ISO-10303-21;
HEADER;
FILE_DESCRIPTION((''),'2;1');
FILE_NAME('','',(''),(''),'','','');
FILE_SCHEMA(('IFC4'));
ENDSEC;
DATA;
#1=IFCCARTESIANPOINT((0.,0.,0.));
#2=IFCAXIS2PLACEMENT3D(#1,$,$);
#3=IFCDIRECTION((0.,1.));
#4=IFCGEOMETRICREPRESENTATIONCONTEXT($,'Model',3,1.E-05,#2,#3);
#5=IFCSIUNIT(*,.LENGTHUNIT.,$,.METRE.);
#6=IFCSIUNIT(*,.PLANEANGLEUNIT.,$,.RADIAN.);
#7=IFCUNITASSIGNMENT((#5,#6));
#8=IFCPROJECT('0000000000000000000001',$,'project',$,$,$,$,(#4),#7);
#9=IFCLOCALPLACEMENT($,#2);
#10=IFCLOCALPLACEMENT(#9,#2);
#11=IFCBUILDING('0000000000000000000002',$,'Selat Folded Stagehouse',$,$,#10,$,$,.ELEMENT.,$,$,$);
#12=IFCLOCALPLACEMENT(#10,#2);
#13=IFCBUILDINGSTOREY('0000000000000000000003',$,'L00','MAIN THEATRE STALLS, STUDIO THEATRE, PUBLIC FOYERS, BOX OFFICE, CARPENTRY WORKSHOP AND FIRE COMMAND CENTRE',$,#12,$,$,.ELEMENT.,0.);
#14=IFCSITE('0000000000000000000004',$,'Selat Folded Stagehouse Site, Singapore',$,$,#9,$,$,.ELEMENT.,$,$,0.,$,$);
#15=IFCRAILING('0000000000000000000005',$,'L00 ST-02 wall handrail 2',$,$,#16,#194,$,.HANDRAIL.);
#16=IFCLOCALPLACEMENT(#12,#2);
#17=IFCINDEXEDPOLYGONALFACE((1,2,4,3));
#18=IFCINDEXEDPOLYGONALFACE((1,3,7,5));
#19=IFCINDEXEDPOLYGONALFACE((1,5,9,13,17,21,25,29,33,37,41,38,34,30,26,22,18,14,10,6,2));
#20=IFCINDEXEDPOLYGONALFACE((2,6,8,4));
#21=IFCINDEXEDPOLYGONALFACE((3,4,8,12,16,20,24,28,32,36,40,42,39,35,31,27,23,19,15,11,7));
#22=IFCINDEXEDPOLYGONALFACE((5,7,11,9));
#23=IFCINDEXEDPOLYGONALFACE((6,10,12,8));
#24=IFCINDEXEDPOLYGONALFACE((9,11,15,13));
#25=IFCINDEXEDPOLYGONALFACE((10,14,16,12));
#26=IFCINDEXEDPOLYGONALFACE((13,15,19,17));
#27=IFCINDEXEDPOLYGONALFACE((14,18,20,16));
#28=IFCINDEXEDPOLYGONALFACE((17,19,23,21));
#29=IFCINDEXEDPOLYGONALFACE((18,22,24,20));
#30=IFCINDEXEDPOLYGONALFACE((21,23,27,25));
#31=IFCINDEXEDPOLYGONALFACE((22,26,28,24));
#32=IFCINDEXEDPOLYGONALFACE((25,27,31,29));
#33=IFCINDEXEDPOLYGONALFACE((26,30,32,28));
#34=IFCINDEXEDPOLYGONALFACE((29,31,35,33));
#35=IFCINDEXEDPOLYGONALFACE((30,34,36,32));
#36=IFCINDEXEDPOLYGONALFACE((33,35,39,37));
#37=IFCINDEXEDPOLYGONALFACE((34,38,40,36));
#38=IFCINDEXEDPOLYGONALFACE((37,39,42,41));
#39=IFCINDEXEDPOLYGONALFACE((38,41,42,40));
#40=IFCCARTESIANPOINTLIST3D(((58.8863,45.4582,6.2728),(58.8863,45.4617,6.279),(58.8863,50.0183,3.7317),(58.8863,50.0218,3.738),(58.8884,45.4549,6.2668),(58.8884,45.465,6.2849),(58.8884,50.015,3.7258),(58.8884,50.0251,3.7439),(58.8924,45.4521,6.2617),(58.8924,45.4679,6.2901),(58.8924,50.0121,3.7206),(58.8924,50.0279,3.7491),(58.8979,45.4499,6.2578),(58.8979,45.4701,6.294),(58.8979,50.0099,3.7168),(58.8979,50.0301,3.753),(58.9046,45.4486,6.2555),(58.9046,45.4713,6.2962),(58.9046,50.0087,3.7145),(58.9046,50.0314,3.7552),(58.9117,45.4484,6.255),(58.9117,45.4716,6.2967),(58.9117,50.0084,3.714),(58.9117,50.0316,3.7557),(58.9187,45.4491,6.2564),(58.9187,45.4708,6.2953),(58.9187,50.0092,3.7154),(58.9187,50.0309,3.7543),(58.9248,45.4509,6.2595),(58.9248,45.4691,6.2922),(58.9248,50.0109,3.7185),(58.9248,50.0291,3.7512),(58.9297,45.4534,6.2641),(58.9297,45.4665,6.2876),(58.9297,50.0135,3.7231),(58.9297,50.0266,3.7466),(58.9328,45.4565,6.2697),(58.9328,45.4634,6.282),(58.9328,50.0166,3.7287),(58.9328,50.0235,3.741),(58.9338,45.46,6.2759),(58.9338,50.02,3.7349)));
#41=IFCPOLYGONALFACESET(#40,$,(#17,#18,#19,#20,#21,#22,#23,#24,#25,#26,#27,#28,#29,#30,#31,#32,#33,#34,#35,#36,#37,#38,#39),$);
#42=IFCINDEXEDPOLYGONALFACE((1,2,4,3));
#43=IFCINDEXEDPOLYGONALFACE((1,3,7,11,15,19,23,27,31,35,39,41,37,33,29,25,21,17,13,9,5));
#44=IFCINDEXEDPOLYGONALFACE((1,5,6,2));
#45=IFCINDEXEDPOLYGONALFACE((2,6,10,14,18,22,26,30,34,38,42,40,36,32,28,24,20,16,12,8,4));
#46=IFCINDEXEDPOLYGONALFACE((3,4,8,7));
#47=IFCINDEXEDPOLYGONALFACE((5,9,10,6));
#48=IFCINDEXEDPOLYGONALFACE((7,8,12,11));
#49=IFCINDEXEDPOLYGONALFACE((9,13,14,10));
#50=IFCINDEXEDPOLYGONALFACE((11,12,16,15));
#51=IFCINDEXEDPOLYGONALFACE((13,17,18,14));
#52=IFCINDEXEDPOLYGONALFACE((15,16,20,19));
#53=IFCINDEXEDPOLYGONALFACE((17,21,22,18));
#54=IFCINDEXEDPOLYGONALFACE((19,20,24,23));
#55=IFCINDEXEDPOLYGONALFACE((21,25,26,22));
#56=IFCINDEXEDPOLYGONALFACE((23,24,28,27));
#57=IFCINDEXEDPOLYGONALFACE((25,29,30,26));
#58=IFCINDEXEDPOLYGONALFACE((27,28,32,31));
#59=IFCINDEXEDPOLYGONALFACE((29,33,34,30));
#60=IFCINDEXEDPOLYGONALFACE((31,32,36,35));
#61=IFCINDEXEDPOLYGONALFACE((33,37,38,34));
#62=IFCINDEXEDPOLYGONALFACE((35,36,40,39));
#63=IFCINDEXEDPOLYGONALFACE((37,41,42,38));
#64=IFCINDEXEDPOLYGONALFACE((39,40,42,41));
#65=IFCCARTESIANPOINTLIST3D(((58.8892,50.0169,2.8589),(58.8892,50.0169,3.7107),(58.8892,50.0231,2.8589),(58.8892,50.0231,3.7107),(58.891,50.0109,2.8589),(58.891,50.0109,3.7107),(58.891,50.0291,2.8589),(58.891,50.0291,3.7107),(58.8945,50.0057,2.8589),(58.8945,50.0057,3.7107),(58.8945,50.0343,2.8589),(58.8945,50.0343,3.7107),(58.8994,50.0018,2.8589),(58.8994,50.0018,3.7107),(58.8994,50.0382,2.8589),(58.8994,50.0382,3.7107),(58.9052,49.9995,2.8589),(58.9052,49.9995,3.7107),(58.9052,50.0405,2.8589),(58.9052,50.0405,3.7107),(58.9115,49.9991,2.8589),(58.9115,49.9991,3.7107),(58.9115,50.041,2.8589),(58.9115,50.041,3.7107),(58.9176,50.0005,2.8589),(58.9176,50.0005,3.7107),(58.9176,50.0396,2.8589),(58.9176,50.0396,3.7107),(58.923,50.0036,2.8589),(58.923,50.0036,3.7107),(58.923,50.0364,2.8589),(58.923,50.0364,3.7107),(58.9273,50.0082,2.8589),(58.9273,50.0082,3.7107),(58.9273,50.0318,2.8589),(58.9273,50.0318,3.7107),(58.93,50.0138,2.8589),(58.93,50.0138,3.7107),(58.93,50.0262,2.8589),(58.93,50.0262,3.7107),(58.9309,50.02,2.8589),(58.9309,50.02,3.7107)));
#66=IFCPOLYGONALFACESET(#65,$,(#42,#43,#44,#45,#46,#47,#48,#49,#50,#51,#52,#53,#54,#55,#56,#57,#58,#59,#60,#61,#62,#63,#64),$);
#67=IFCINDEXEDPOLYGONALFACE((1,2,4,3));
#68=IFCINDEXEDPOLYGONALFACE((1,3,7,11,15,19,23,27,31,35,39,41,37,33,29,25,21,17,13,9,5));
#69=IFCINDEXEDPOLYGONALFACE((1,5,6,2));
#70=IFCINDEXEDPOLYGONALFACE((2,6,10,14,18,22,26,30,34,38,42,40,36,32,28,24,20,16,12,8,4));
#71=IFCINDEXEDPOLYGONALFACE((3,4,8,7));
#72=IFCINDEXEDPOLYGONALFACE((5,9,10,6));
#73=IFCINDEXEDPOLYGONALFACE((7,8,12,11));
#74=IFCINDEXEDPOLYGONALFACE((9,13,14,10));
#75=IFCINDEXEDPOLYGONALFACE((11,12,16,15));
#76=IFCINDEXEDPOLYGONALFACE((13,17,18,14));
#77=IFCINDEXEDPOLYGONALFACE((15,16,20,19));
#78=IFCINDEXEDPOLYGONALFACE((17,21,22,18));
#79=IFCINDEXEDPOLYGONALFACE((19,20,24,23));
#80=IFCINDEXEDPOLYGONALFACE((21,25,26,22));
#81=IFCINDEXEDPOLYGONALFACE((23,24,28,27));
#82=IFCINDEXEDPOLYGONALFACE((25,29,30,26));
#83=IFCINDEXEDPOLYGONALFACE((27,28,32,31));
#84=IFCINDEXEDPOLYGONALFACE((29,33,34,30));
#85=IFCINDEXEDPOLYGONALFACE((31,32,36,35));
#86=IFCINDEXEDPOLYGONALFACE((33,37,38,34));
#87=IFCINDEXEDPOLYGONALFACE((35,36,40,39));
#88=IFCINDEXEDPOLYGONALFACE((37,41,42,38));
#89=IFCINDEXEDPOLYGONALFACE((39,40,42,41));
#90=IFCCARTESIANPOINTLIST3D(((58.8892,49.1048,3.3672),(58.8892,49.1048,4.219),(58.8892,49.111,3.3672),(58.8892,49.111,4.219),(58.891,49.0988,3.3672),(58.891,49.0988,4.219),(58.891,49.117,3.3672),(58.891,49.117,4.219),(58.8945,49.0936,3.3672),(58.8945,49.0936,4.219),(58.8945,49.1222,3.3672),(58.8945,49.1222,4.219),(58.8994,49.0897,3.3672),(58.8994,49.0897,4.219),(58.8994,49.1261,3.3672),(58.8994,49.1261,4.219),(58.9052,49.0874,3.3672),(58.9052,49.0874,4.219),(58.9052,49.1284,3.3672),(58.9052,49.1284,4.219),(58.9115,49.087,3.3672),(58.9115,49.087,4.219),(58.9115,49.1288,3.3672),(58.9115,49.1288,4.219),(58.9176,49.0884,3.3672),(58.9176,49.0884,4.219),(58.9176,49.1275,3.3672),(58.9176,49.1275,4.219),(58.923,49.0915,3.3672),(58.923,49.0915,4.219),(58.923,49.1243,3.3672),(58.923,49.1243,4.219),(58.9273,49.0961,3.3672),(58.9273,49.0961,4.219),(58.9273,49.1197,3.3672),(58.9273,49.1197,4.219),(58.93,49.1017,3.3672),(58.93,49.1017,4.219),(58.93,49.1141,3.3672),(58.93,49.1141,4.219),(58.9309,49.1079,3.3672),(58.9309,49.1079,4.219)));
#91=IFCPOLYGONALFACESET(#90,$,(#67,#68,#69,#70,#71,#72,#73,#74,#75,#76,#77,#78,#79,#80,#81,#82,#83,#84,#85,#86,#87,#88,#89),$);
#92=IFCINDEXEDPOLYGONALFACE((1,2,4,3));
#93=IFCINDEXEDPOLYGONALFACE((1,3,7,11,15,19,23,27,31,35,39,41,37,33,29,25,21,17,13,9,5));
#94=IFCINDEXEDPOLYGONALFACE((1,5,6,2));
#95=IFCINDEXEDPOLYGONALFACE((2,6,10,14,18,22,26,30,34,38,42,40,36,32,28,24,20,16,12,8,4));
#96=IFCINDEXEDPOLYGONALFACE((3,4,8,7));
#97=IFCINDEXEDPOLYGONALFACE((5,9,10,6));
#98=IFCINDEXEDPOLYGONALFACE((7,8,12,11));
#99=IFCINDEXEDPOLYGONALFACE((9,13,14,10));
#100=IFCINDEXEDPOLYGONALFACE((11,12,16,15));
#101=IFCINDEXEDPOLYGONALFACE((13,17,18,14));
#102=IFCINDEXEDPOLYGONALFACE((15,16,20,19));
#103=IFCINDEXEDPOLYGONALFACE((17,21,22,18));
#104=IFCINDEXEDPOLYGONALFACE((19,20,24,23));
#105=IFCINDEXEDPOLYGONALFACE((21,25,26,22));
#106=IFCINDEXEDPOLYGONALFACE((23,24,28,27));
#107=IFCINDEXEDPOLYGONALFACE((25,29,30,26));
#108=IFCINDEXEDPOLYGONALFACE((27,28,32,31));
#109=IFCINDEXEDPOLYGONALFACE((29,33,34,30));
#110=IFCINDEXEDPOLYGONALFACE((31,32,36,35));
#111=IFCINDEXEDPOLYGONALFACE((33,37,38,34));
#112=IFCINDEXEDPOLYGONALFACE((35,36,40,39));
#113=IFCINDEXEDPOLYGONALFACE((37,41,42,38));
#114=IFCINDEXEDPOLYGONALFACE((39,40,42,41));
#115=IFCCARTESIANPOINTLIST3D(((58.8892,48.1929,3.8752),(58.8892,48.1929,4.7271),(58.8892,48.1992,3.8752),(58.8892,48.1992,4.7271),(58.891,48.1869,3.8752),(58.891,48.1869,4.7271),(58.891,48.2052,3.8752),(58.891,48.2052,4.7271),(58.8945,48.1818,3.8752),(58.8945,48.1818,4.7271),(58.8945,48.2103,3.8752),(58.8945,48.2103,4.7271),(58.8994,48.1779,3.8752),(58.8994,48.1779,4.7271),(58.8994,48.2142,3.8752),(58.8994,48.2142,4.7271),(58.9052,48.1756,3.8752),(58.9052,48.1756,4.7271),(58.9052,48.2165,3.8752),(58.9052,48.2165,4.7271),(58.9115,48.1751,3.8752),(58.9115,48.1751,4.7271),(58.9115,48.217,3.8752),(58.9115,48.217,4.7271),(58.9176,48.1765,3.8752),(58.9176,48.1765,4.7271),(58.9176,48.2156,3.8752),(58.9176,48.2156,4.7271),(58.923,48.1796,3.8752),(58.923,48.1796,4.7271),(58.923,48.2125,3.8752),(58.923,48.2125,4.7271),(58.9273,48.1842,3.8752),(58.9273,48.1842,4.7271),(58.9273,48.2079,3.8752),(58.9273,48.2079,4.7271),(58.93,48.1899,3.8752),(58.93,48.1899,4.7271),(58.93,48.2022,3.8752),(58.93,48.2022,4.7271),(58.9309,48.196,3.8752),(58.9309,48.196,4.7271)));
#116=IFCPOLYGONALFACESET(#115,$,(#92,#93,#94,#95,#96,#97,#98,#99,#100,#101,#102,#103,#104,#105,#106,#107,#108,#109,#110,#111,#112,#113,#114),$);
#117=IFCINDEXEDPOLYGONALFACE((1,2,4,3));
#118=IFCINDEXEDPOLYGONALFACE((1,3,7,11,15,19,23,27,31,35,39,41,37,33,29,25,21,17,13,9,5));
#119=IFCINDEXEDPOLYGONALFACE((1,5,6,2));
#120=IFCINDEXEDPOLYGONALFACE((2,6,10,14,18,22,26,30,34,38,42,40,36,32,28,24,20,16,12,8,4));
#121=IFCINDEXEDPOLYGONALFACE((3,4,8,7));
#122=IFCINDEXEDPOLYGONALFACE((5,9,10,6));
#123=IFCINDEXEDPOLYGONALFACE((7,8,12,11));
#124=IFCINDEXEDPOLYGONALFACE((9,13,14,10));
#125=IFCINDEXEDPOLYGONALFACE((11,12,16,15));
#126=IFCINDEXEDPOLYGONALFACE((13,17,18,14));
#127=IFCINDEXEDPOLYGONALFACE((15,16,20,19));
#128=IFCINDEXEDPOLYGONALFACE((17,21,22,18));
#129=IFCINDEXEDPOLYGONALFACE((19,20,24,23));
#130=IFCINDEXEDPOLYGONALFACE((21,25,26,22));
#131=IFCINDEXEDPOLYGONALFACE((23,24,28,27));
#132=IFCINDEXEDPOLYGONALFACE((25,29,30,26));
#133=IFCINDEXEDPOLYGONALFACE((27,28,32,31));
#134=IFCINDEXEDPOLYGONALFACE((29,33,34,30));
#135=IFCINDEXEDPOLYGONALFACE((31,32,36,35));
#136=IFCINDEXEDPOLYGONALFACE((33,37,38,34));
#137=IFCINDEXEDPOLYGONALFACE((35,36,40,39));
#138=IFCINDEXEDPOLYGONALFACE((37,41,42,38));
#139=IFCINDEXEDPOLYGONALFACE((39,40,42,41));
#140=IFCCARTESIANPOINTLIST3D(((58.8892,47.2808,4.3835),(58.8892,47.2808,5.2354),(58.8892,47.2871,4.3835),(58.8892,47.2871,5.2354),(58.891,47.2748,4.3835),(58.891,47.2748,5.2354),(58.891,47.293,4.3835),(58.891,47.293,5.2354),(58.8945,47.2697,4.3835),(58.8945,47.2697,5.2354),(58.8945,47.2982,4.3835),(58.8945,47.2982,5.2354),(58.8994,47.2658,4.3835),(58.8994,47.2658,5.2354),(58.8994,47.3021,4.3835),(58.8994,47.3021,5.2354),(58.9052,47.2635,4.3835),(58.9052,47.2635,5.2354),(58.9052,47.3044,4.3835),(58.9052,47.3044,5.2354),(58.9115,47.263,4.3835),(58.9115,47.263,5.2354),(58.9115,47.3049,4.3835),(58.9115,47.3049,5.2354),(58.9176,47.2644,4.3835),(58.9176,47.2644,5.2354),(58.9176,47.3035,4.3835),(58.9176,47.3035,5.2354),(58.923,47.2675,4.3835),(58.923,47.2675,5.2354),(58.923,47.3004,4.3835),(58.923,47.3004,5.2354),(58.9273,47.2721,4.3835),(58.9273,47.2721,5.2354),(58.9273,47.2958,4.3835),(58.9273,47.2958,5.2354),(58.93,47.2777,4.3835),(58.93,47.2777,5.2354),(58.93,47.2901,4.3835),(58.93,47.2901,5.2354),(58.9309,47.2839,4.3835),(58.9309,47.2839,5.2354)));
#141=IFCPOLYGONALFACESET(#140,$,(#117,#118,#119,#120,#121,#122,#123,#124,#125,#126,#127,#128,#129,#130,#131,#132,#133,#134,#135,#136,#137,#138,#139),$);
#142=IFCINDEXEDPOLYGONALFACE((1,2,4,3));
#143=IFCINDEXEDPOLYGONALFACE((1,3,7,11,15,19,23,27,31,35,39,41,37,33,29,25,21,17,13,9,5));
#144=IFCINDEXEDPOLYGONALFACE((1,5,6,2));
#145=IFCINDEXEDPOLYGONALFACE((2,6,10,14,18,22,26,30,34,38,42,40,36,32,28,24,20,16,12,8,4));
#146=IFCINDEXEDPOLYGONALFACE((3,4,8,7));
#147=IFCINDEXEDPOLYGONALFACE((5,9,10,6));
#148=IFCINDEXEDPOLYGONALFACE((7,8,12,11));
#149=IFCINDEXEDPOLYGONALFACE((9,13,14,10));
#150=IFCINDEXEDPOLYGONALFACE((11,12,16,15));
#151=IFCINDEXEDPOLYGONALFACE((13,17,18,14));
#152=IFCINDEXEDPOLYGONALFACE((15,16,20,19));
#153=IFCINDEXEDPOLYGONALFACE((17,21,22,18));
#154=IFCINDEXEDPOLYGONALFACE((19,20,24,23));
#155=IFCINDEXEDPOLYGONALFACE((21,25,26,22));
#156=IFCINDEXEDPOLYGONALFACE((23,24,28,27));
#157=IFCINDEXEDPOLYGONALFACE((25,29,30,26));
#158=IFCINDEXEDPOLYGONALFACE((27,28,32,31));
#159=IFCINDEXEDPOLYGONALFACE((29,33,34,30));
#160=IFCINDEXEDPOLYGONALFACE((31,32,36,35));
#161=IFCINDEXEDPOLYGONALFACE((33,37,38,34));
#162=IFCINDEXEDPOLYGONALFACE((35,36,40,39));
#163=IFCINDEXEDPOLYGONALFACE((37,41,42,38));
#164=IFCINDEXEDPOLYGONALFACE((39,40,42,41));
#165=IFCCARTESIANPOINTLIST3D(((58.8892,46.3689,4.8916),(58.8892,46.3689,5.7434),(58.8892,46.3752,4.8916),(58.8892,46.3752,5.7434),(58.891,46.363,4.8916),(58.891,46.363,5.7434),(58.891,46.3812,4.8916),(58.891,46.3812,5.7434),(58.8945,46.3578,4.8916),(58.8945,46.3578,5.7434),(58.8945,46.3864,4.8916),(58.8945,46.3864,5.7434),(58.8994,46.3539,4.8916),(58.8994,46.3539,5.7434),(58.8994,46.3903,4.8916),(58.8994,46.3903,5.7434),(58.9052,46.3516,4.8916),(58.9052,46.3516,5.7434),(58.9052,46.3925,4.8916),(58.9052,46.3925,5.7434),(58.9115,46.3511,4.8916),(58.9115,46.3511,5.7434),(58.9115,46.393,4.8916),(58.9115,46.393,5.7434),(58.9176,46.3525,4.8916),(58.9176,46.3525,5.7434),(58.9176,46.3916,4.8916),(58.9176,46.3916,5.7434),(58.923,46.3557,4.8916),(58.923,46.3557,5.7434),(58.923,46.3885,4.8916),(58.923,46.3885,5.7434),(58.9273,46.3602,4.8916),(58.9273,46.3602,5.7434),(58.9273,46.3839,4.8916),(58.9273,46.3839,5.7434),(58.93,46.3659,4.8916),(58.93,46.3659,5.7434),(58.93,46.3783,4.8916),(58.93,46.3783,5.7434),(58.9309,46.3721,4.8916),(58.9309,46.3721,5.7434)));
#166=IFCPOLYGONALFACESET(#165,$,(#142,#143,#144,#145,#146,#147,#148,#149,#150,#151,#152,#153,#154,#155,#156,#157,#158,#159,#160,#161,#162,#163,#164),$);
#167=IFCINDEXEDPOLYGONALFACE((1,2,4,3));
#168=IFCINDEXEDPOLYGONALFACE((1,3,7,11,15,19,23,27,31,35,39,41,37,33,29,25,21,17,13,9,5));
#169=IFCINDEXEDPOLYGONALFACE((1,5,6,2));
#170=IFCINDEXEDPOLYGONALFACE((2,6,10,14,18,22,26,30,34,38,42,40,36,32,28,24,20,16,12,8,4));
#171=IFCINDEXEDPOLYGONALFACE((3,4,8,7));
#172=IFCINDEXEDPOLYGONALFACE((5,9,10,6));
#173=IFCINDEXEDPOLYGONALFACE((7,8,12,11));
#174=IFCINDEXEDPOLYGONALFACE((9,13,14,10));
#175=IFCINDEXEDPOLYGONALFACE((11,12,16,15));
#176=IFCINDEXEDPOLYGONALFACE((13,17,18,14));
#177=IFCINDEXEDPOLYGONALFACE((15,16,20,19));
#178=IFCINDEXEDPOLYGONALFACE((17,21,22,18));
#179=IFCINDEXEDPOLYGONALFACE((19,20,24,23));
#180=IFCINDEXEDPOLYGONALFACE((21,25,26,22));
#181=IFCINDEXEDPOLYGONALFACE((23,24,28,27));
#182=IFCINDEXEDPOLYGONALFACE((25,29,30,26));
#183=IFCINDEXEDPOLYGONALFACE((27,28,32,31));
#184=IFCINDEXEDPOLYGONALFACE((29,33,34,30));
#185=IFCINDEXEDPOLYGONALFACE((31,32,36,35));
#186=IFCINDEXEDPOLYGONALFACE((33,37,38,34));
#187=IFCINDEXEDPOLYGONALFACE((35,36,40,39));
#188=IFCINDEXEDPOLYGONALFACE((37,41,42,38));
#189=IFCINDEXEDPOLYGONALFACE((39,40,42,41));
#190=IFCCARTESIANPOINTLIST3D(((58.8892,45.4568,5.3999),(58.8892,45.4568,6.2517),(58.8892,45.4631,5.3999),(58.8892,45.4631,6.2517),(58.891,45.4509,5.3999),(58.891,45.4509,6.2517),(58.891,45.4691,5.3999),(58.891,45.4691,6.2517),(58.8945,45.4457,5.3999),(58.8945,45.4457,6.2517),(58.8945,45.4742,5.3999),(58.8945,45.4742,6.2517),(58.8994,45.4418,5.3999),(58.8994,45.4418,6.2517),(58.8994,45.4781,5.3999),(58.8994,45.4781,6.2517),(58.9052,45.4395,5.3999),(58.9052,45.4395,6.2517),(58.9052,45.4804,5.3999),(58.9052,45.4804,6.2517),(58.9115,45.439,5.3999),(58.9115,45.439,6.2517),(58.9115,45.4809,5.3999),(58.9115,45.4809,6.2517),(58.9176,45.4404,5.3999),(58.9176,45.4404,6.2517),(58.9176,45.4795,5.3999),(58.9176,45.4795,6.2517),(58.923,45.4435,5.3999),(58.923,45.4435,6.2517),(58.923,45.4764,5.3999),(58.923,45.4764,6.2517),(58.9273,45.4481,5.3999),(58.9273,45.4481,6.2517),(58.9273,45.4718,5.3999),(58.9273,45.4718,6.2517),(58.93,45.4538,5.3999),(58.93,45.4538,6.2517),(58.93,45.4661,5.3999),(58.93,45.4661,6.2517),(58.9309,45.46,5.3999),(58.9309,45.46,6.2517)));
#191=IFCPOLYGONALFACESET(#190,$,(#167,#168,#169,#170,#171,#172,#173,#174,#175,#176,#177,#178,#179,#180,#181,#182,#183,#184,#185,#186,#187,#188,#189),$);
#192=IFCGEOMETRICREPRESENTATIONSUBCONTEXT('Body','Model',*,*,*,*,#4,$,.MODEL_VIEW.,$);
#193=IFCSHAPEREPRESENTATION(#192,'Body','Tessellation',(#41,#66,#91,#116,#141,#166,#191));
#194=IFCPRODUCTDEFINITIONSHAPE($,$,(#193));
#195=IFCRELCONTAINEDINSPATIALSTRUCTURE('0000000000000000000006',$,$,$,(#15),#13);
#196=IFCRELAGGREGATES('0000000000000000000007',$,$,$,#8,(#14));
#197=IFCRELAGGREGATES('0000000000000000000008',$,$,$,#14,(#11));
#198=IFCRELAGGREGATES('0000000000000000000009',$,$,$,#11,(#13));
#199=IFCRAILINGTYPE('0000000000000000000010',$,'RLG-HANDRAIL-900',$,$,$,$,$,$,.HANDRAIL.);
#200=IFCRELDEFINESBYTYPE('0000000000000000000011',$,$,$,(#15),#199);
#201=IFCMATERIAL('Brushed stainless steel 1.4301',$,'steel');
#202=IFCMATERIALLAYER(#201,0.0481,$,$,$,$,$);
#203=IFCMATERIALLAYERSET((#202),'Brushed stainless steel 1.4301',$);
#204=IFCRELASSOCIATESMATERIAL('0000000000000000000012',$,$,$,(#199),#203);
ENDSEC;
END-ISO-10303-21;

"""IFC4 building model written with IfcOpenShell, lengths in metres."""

from ifc_helpers import new_model, si_unit, direction, frame, origin, origin_2d, place, context, subcontext, project, spatial, circle, extrude, material, layer, layer_set, type_object, element, save


model = new_model("IFC4")

# Units and contexts
model_context = context("Model", 3, precision=1e-05, world=origin(), true_north=direction((0.0, 1.0)))
body_context = subcontext(model_context, "Body", "Model", "MODEL_VIEW")
ifc_project = project(units=[si_unit("LENGTHUNIT", "METRE"), si_unit("PLANEANGLEUNIT", "RADIAN")], contexts=[model_context])

# Site, building, storey
site_placement = place(None, origin())
site = spatial("IfcSite", under=ifc_project, at=site_placement, Name="Selat Folded Stagehouse Site, Singapore", CompositionType="ELEMENT", RefElevation=0.0)
building_placement = place(site_placement, origin())
building = spatial("IfcBuilding", under=site, at=building_placement, Name="Selat Folded Stagehouse", CompositionType="ELEMENT")
storey_placement = place(building_placement, origin())
storey = spatial("IfcBuildingStorey", under=building, at=storey_placement, Name="L00", Description="MAIN THEATRE STALLS, STUDIO THEATRE, PUBLIC FOYERS, BOX OFFICE, CARPENTRY WORKSHOP AND FIRE COMMAND CENTRE", CompositionType="ELEMENT", Elevation=0.0)

# Railing
ifc_material_1 = material(Name="Brushed stainless steel 1.4301", Category="steel")
ifc_layer_1 = layer(ifc_material_1, 0.0481)
ifc_layer_set_1 = layer_set([ifc_layer_1], Name="Brushed stainless steel 1.4301")
railing_type_1 = type_object("IfcRailingType", Name="RLG-HANDRAIL-900", PredefinedType="HANDRAIL", material=ifc_layer_set_1)
railing_1_placement = place(storey_placement, frame((58.9099, 50.02, 2.8589)))
element("IfcRailing", 1, at=railing_1_placement, inside=storey, type_object=railing_type_1, Name="L00 ST-02 wall handrail 2", PredefinedType="HANDRAIL", context=body_context, shape_type="SweptSolid", body=[
    extrude(circle(Radius=0.0239, at=origin_2d()), frame((0.0, 0.0, 0.876), z_axis=(0.0, -0.873534, 0.486762), x_axis=(1.0, 0.0, 0.0)), (0.0, 0.0, 1.0), 5.2202),
    extrude(circle(Radius=0.021, at=origin_2d()), origin(), (0.0, 0.0, 1.0), 0.8518),
    extrude(circle(Radius=0.021, at=origin_2d()), frame((0.0, -0.9121, 0.5083)), (0.0, 0.0, 1.0), 0.8518),
    extrude(circle(Radius=0.021, at=origin_2d()), frame((0.0, -1.824, 1.0164)), (0.0, 0.0, 1.0), 0.8518),
    extrude(circle(Radius=0.021, at=origin_2d()), frame((0.0, -2.7361, 1.5247)), (0.0, 0.0, 1.0), 0.8518),
    extrude(circle(Radius=0.021, at=origin_2d()), frame((0.0, -3.6479, 2.0327)), (0.0, 0.0, 1.0), 0.8518),
    extrude(circle(Radius=0.021, at=origin_2d()), frame((0.0, -4.5601, 2.541)), (0.0, 0.0, 1.0), 0.8518),
])

save(model, "model.ifc")
